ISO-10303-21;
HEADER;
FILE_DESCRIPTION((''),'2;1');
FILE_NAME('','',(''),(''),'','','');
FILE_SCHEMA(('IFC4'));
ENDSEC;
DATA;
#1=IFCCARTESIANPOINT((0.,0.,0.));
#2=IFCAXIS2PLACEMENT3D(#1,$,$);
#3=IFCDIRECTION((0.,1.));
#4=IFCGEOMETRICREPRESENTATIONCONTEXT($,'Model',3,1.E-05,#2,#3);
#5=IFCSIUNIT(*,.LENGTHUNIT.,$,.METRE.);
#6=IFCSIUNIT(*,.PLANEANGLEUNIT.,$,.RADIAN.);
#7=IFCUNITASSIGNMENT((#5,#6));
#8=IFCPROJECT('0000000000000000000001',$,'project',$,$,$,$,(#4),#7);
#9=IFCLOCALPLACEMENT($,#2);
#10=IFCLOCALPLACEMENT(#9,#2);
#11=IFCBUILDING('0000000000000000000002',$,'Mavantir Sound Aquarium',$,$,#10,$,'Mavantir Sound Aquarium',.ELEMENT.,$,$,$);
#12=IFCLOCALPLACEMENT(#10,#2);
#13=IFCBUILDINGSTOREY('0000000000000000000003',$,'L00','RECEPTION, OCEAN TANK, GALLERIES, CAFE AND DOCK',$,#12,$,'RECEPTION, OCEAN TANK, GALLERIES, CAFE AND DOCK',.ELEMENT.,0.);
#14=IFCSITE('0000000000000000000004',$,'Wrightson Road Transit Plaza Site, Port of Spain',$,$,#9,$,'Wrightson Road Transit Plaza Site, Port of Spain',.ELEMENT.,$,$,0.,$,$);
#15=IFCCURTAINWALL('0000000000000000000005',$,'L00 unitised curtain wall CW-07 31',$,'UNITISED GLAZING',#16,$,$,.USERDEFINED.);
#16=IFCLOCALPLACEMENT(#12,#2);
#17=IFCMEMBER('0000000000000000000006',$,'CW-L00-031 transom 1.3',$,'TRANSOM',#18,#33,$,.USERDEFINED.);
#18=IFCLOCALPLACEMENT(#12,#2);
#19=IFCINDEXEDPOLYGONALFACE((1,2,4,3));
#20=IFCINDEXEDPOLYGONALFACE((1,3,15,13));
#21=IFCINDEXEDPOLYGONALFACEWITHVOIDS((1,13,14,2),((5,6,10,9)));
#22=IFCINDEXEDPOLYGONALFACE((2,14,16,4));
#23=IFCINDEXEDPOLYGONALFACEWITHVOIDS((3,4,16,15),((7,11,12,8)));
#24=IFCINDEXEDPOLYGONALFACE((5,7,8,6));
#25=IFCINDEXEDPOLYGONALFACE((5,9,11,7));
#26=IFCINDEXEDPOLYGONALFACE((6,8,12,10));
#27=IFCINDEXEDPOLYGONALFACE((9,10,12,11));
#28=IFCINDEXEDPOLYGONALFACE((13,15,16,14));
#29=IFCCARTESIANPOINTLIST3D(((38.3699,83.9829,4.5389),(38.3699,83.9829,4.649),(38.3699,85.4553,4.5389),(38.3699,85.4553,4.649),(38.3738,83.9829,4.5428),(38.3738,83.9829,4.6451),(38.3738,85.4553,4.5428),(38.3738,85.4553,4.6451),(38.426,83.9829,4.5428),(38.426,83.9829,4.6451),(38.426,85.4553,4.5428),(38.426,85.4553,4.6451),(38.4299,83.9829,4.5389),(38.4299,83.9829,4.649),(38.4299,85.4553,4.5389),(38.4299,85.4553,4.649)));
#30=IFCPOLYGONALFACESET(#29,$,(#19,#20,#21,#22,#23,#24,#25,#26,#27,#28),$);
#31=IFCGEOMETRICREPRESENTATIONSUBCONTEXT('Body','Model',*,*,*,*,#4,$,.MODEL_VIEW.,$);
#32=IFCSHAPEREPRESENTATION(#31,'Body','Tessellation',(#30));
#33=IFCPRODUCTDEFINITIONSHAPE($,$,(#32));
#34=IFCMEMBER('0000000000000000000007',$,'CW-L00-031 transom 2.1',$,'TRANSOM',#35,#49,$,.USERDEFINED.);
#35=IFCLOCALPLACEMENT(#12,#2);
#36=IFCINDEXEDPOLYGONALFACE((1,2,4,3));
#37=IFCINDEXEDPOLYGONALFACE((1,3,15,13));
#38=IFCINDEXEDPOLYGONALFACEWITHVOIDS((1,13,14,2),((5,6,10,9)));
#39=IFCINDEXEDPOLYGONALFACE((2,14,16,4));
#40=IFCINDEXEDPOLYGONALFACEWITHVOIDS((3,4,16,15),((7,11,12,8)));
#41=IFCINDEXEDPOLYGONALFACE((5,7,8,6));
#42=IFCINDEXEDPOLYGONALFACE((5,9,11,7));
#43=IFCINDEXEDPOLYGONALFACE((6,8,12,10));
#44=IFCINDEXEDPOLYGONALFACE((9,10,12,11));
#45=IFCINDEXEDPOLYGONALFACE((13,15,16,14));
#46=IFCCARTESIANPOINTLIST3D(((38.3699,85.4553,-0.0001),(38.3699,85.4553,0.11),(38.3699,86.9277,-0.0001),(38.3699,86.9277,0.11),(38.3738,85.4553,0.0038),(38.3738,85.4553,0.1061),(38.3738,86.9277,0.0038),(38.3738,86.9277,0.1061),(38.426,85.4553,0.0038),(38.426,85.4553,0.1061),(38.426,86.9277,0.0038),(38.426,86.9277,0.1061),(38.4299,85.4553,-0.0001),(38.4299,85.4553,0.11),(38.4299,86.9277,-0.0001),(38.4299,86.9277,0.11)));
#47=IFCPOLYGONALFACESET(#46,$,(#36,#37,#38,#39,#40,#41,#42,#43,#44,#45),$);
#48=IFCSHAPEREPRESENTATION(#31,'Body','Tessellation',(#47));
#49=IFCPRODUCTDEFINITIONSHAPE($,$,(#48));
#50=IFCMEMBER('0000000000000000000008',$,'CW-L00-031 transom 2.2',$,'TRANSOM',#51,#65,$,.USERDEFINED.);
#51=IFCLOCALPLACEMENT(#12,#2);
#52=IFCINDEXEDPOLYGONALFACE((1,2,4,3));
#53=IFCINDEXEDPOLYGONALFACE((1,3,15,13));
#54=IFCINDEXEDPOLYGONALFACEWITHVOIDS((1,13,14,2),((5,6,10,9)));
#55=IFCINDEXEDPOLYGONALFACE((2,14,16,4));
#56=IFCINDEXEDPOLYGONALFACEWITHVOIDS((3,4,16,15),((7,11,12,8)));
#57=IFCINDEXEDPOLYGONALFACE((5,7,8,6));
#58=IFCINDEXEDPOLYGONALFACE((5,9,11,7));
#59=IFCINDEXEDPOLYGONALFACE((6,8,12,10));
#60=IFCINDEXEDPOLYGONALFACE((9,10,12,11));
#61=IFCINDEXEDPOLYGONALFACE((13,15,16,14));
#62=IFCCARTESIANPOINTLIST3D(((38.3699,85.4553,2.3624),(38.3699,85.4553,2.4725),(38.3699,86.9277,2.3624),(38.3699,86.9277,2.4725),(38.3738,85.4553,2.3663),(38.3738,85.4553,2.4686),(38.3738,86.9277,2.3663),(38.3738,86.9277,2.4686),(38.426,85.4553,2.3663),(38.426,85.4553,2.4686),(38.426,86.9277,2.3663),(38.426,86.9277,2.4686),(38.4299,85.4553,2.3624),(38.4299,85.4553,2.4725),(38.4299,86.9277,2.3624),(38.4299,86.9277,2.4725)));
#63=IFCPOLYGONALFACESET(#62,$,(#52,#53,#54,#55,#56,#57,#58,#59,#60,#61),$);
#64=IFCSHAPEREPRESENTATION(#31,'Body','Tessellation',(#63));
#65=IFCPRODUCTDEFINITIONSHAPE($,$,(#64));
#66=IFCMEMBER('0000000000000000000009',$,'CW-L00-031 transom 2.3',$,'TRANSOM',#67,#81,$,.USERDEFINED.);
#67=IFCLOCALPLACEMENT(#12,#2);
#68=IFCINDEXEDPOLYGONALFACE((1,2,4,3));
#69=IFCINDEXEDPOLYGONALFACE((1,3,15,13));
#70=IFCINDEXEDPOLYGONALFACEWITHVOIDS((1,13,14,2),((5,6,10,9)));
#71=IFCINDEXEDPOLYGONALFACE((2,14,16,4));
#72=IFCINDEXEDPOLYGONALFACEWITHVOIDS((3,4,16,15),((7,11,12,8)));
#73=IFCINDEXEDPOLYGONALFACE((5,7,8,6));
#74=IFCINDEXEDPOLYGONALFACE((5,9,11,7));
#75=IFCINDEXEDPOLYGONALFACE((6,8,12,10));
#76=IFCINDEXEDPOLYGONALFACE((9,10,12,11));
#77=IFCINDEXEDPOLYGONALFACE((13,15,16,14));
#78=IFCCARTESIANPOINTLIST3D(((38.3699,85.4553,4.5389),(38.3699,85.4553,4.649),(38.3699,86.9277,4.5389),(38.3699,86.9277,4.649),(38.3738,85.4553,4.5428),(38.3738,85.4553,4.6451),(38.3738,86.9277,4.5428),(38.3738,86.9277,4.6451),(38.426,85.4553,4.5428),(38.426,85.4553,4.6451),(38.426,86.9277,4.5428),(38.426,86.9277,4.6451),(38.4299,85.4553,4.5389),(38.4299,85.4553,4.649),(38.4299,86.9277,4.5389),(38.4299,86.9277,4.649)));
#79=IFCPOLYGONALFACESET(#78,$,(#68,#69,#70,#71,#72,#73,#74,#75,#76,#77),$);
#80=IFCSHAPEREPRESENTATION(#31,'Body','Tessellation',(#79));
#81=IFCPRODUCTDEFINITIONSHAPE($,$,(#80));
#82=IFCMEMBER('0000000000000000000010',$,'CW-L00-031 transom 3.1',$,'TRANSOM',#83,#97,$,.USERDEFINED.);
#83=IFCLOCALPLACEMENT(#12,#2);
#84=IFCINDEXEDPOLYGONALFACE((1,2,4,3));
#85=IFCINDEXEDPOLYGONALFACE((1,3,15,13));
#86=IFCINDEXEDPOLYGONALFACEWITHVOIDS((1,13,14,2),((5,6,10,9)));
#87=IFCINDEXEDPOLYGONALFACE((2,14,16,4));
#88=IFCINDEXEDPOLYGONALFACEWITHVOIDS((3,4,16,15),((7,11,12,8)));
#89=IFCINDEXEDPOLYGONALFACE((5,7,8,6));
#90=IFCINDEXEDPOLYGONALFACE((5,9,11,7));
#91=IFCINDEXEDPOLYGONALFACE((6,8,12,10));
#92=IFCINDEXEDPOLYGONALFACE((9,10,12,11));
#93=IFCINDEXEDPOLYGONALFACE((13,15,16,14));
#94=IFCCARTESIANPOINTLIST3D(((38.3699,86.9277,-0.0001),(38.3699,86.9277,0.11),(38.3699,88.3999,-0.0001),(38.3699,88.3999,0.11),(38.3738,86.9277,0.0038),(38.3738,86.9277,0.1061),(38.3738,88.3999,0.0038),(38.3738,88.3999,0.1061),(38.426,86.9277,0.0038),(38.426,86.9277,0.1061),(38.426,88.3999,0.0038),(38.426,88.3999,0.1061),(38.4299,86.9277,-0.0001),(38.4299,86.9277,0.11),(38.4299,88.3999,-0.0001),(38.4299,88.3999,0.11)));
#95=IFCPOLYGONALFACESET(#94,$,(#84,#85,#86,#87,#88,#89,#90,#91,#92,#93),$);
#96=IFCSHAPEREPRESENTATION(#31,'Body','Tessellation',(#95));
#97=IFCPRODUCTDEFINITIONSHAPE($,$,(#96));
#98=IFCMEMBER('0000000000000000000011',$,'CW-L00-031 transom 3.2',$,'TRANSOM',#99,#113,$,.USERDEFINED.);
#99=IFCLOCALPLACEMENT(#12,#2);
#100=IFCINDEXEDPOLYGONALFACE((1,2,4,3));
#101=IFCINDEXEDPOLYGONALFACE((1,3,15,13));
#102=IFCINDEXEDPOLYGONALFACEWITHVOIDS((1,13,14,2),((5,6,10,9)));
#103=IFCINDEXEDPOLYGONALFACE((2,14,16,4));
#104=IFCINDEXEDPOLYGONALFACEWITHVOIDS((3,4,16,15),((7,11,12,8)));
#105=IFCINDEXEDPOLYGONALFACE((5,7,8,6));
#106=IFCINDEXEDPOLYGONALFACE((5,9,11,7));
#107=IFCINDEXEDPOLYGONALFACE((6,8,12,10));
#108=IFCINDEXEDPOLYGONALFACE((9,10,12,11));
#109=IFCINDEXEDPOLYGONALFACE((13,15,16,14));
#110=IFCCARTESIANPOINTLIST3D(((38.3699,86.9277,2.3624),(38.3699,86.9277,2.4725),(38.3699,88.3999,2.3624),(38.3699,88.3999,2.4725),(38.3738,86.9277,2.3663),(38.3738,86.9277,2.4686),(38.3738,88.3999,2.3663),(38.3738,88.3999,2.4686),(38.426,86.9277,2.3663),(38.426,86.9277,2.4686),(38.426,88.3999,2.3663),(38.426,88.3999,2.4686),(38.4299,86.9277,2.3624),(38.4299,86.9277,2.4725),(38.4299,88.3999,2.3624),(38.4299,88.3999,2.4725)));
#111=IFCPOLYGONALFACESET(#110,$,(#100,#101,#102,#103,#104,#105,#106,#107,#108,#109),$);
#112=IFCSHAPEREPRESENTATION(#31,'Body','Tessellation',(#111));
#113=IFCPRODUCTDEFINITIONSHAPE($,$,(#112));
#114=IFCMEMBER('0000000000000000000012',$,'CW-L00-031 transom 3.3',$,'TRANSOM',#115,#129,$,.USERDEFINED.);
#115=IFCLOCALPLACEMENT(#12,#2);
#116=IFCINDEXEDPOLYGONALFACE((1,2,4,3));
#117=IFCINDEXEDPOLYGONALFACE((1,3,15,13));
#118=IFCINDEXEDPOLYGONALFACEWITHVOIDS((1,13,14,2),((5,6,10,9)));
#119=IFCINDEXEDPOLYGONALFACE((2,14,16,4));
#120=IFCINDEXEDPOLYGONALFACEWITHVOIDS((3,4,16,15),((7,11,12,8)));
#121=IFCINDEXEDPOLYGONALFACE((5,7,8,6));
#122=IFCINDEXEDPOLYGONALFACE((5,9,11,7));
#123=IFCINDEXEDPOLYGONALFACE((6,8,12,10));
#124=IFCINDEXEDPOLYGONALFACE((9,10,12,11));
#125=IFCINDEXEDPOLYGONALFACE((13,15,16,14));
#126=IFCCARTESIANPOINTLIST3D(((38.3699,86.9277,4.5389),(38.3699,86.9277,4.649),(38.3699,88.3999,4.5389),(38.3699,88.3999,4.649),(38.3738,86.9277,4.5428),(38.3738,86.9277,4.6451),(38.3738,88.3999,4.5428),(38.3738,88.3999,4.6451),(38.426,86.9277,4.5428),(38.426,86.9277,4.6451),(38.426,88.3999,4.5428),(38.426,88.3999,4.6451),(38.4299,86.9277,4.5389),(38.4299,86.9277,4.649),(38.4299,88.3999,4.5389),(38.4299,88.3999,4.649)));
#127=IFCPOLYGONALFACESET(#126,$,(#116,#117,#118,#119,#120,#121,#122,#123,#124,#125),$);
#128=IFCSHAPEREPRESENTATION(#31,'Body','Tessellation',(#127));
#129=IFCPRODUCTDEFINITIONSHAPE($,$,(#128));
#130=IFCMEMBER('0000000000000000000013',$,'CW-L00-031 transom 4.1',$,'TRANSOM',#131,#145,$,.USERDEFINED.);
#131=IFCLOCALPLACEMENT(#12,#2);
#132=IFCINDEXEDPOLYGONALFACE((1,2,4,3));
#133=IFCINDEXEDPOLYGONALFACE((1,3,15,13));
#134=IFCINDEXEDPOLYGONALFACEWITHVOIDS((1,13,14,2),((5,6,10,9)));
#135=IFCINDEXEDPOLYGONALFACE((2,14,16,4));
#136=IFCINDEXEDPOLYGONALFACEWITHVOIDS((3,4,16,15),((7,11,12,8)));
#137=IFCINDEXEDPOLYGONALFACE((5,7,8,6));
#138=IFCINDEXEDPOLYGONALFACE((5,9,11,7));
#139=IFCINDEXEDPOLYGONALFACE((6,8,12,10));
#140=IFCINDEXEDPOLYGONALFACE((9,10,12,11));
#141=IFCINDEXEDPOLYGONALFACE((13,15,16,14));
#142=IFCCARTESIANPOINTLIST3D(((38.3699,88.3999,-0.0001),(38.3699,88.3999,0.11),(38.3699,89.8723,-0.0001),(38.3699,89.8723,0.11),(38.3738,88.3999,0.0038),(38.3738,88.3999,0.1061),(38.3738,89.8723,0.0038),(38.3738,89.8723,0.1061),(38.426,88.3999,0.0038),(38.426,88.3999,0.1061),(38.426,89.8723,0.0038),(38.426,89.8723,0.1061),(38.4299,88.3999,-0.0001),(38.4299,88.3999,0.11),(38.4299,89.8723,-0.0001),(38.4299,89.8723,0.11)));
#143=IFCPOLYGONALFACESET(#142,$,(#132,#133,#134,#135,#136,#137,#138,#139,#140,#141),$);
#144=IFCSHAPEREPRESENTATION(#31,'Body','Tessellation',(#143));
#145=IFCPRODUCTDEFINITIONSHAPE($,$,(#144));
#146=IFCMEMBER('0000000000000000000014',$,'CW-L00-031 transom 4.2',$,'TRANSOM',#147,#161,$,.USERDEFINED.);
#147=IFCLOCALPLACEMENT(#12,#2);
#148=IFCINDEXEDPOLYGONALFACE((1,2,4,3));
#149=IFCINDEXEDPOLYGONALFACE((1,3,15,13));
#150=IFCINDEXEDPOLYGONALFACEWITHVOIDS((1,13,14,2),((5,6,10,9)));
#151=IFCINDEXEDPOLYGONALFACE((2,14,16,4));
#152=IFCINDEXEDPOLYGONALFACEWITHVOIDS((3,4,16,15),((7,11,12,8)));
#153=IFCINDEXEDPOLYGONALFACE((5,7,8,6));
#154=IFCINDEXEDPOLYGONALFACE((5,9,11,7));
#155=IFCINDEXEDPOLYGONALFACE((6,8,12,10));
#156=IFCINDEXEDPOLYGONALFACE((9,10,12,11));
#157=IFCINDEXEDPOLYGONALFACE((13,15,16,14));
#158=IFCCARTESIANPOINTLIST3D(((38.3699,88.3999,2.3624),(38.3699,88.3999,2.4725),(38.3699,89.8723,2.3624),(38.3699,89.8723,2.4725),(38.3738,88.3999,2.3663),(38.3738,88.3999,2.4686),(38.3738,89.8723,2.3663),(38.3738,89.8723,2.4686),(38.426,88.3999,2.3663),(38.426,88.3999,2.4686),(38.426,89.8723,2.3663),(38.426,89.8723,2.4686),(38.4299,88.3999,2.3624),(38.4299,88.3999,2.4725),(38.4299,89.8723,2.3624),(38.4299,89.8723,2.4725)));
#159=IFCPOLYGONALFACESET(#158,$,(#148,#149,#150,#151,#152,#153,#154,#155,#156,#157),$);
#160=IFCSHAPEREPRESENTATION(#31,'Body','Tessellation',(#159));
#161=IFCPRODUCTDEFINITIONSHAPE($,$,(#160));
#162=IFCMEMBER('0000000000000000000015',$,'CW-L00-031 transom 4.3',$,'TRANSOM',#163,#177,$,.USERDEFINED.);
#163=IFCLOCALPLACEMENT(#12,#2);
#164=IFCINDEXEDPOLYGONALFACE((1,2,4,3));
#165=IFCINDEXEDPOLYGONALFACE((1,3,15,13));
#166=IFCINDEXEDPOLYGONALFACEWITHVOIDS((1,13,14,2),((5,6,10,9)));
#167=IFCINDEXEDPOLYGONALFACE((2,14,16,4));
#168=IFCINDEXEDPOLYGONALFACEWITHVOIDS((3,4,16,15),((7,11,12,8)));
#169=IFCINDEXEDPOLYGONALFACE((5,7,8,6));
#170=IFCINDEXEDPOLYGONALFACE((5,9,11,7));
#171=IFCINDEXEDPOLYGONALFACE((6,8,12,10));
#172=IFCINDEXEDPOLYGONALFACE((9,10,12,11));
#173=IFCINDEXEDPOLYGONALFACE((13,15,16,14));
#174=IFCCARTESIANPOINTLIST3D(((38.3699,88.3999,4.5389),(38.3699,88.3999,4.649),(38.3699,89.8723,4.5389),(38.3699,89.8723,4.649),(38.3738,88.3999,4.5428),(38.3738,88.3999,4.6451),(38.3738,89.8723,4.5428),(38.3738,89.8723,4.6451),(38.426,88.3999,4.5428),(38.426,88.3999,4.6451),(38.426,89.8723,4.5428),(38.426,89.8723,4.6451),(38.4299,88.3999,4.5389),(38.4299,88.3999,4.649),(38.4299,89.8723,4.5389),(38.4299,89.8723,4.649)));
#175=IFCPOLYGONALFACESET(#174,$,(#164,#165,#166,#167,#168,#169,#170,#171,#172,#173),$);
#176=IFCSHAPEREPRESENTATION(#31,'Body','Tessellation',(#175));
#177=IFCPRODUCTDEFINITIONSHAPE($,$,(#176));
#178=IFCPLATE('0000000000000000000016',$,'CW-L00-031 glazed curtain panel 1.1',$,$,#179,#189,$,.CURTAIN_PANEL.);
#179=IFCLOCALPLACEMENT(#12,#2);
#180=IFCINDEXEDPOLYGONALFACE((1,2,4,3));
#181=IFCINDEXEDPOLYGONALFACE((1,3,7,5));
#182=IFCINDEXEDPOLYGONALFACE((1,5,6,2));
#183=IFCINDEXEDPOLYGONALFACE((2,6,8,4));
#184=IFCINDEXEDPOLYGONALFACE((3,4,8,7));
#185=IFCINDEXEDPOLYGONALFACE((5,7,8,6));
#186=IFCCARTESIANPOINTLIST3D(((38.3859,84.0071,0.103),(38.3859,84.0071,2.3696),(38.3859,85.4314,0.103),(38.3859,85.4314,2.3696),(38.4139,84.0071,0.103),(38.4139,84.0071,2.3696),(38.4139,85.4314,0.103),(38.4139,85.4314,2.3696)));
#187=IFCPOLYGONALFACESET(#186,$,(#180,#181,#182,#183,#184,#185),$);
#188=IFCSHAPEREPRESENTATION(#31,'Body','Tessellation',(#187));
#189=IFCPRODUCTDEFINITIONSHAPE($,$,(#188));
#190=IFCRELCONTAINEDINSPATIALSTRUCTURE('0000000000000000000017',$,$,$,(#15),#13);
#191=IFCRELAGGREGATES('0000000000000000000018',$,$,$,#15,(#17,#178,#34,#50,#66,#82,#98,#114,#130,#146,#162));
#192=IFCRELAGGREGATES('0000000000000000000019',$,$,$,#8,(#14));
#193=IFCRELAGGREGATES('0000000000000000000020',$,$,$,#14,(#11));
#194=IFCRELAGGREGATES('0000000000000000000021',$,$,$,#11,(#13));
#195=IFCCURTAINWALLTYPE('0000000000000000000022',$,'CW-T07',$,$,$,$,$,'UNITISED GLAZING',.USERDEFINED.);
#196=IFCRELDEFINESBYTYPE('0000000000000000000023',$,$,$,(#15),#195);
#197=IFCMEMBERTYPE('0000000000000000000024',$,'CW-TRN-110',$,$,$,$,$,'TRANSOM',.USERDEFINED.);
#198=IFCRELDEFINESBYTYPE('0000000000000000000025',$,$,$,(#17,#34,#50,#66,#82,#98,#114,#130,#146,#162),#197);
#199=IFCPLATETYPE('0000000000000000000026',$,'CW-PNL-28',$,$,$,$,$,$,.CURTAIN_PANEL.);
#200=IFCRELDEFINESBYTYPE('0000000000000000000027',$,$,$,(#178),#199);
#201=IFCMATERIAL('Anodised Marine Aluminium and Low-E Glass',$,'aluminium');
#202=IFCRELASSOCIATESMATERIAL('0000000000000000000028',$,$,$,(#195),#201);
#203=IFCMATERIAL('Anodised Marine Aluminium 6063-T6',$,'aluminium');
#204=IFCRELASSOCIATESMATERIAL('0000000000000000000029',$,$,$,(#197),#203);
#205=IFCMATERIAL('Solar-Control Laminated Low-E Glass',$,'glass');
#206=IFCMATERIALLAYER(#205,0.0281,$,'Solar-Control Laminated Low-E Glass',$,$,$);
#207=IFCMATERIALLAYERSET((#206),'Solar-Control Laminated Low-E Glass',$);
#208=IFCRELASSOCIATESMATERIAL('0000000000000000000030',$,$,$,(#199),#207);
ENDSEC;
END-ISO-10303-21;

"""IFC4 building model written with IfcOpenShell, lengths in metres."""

from ifc_helpers import new_model, si_unit, direction, frame, origin, origin_2d, place, context, subcontext, project, spatial, rectangle, hollow_rectangle, extrude, material, layer, layer_set, material_profile, profile_set, type_object, element, aggregate, save


model = new_model("IFC4")

# Units and contexts
model_context = context("Model", 3, precision=1e-05, world=origin(), true_north=direction((0.0, 1.0)))
body_context = subcontext(model_context, "Body", "Model", "MODEL_VIEW")
ifc_project = project(units=[si_unit("LENGTHUNIT", "METRE"), si_unit("PLANEANGLEUNIT", "RADIAN")], contexts=[model_context])

# Site, building, storey
site_placement = place(None, origin())
site = spatial("IfcSite", under=ifc_project, at=site_placement, Name="Wrightson Road Transit Plaza Site, Port of Spain", LongName="Wrightson Road Transit Plaza Site, Port of Spain", CompositionType="ELEMENT", RefElevation=0.0)
building_placement = place(site_placement, origin())
building = spatial("IfcBuilding", under=site, at=building_placement, Name="Mavantir Sound Aquarium", LongName="Mavantir Sound Aquarium", CompositionType="ELEMENT")
storey_placement = place(building_placement, origin())
storey = spatial("IfcBuildingStorey", under=building, at=storey_placement, Name="L00", Description="RECEPTION, OCEAN TANK, GALLERIES, CAFE AND DOCK", LongName="RECEPTION, OCEAN TANK, GALLERIES, CAFE AND DOCK", CompositionType="ELEMENT", Elevation=0.0)

# Curtain wall, members, plate
ifc_material_1 = material(Name="Anodised Marine Aluminium and Low-E Glass", Category="aluminium")
curtain_wall_type = type_object("IfcCurtainWallType", Name="CW-T07", ElementType="UNITISED GLAZING", PredefinedType="USERDEFINED", material=ifc_material_1)
curtain_wall_placement = place(storey_placement, origin())
curtain_wall = element("IfcCurtainWall", 1, at=curtain_wall_placement, inside=storey, type_object=curtain_wall_type, Name="L00 unitised curtain wall CW-07 31", ObjectType="UNITISED GLAZING", PredefinedType="USERDEFINED")
ifc_material_2 = material(Name="Anodised Marine Aluminium 6063-T6", Category="aluminium")
ifc_material_profile_1 = material_profile(ifc_material_2, hollow_rectangle(XDim=0.0601, YDim=0.1101, WallThickness=0.0039, at=origin_2d()), Name="ALU-TRANSOM-110X60")
ifc_profile_set_1 = profile_set([ifc_material_profile_1], Name="Anodised Marine Aluminium 6063-T6")
member_type_1 = type_object("IfcMemberType", Name="CW-TRN-110", ElementType="TRANSOM", PredefinedType="USERDEFINED", material=ifc_profile_set_1)
member_1_placement = place(storey_placement, frame((38.3999, 83.9829, 4.594), z_axis=(0.0, 1.0, 0.0), x_axis=(-1.0, 0.0, 0.0)))
member_1 = element("IfcMember", 2, at=member_1_placement, type_object=member_type_1, Name="CW-L00-031 transom 1.3", ObjectType="TRANSOM", PredefinedType="USERDEFINED", context=body_context, shape_type="SweptSolid", body=[
    extrude(hollow_rectangle(XDim=0.0601, YDim=0.1101, WallThickness=0.0039, at=origin_2d()), origin(), (0.0, 0.0, 1.0), 1.4724),
])
member_2_placement = place(storey_placement, frame((38.3999, 85.4553, 0.0549), z_axis=(0.0, 1.0, 0.0), x_axis=(-1.0, 0.0, 0.0)))
member_2 = element("IfcMember", 3, at=member_2_placement, type_object=member_type_1, Name="CW-L00-031 transom 2.1", ObjectType="TRANSOM", PredefinedType="USERDEFINED", context=body_context, shape_type="SweptSolid", body=[
    extrude(hollow_rectangle(XDim=0.0601, YDim=0.1101, WallThickness=0.0039, at=origin_2d()), origin(), (0.0, 0.0, 1.0), 1.4724),
])
member_3_placement = place(storey_placement, frame((38.3999, 85.4553, 2.4175), z_axis=(0.0, 1.0, 0.0), x_axis=(-1.0, 0.0, 0.0)))
member_3 = element("IfcMember", 4, at=member_3_placement, type_object=member_type_1, Name="CW-L00-031 transom 2.2", ObjectType="TRANSOM", PredefinedType="USERDEFINED", context=body_context, shape_type="SweptSolid", body=[
    extrude(hollow_rectangle(XDim=0.0601, YDim=0.1101, WallThickness=0.0039, at=origin_2d()), origin(), (0.0, 0.0, 1.0), 1.4724),
])
member_4_placement = place(storey_placement, frame((38.3999, 85.4553, 4.594), z_axis=(0.0, 1.0, 0.0), x_axis=(-1.0, 0.0, 0.0)))
member_4 = element("IfcMember", 5, at=member_4_placement, type_object=member_type_1, Name="CW-L00-031 transom 2.3", ObjectType="TRANSOM", PredefinedType="USERDEFINED", context=body_context, shape_type="SweptSolid", body=[
    extrude(hollow_rectangle(XDim=0.0601, YDim=0.1101, WallThickness=0.0039, at=origin_2d()), origin(), (0.0, 0.0, 1.0), 1.4724),
])
member_5_placement = place(storey_placement, frame((38.3999, 86.9277, 0.0549), z_axis=(0.0, 1.0, 0.0), x_axis=(-1.0, 0.0, 0.0)))
member_5 = element("IfcMember", 6, at=member_5_placement, type_object=member_type_1, Name="CW-L00-031 transom 3.1", ObjectType="TRANSOM", PredefinedType="USERDEFINED", context=body_context, shape_type="SweptSolid", body=[
    extrude(hollow_rectangle(XDim=0.0601, YDim=0.1101, WallThickness=0.0039, at=origin_2d()), origin(), (0.0, 0.0, 1.0), 1.4722),
])
member_6_placement = place(storey_placement, frame((38.3999, 86.9277, 2.4175), z_axis=(0.0, 1.0, 0.0), x_axis=(-1.0, 0.0, 0.0)))
member_6 = element("IfcMember", 7, at=member_6_placement, type_object=member_type_1, Name="CW-L00-031 transom 3.2", ObjectType="TRANSOM", PredefinedType="USERDEFINED", context=body_context, shape_type="SweptSolid", body=[
    extrude(hollow_rectangle(XDim=0.0601, YDim=0.1101, WallThickness=0.0039, at=origin_2d()), origin(), (0.0, 0.0, 1.0), 1.4722),
])
member_7_placement = place(storey_placement, frame((38.3999, 86.9277, 4.594), z_axis=(0.0, 1.0, 0.0), x_axis=(-1.0, 0.0, 0.0)))
member_7 = element("IfcMember", 8, at=member_7_placement, type_object=member_type_1, Name="CW-L00-031 transom 3.3", ObjectType="TRANSOM", PredefinedType="USERDEFINED", context=body_context, shape_type="SweptSolid", body=[
    extrude(hollow_rectangle(XDim=0.0601, YDim=0.1101, WallThickness=0.0039, at=origin_2d()), origin(), (0.0, 0.0, 1.0), 1.4722),
])
member_8_placement = place(storey_placement, frame((38.3999, 88.3999, 0.0549), z_axis=(0.0, 1.0, 0.0), x_axis=(-1.0, 0.0, 0.0)))
member_8 = element("IfcMember", 9, at=member_8_placement, type_object=member_type_1, Name="CW-L00-031 transom 4.1", ObjectType="TRANSOM", PredefinedType="USERDEFINED", context=body_context, shape_type="SweptSolid", body=[
    extrude(hollow_rectangle(XDim=0.0601, YDim=0.1101, WallThickness=0.0039, at=origin_2d()), origin(), (0.0, 0.0, 1.0), 1.4724),
])
member_9_placement = place(storey_placement, frame((38.3999, 88.3999, 2.4175), z_axis=(0.0, 1.0, 0.0), x_axis=(-1.0, 0.0, 0.0)))
member_9 = element("IfcMember", 10, at=member_9_placement, type_object=member_type_1, Name="CW-L00-031 transom 4.2", ObjectType="TRANSOM", PredefinedType="USERDEFINED", context=body_context, shape_type="SweptSolid", body=[
    extrude(hollow_rectangle(XDim=0.0601, YDim=0.1101, WallThickness=0.0039, at=origin_2d()), origin(), (0.0, 0.0, 1.0), 1.4724),
])
member_10_placement = place(storey_placement, frame((38.3999, 88.3999, 4.594), z_axis=(0.0, 1.0, 0.0), x_axis=(-1.0, 0.0, 0.0)))
member_10 = element("IfcMember", 11, at=member_10_placement, type_object=member_type_1, Name="CW-L00-031 transom 4.3", ObjectType="TRANSOM", PredefinedType="USERDEFINED", context=body_context, shape_type="SweptSolid", body=[
    extrude(hollow_rectangle(XDim=0.0601, YDim=0.1101, WallThickness=0.0039, at=origin_2d()), origin(), (0.0, 0.0, 1.0), 1.4724),
])
ifc_material_3 = material(Name="Solar-Control Laminated Low-E Glass", Category="glass")
ifc_layer_1 = layer(ifc_material_3, 0.0281, Name="Solar-Control Laminated Low-E Glass")
ifc_layer_set_1 = layer_set([ifc_layer_1], Name="Solar-Control Laminated Low-E Glass")
plate_type = type_object("IfcPlateType", Name="CW-PNL-28", PredefinedType="CURTAIN_PANEL", material=ifc_layer_set_1)
plate_1_placement = place(storey_placement, frame((38.3999, 84.7192, 0.103), z_axis=(0.0, 0.0, 1.0), x_axis=(0.0, 1.0, 0.0)))
plate_1 = element("IfcPlate", 12, at=plate_1_placement, type_object=plate_type, Name="CW-L00-031 glazed curtain panel 1.1", PredefinedType="CURTAIN_PANEL", context=body_context, shape_type="SweptSolid", body=[
    extrude(rectangle(XDim=1.4243, YDim=0.0281, at=origin_2d()), origin(), (0.0, 0.0, 1.0), 2.2666),
])
aggregate(curtain_wall, [member_1, plate_1, member_2, member_3, member_4, member_5, member_6, member_7, member_8, member_9, member_10])

save(model, "model.ifc")
